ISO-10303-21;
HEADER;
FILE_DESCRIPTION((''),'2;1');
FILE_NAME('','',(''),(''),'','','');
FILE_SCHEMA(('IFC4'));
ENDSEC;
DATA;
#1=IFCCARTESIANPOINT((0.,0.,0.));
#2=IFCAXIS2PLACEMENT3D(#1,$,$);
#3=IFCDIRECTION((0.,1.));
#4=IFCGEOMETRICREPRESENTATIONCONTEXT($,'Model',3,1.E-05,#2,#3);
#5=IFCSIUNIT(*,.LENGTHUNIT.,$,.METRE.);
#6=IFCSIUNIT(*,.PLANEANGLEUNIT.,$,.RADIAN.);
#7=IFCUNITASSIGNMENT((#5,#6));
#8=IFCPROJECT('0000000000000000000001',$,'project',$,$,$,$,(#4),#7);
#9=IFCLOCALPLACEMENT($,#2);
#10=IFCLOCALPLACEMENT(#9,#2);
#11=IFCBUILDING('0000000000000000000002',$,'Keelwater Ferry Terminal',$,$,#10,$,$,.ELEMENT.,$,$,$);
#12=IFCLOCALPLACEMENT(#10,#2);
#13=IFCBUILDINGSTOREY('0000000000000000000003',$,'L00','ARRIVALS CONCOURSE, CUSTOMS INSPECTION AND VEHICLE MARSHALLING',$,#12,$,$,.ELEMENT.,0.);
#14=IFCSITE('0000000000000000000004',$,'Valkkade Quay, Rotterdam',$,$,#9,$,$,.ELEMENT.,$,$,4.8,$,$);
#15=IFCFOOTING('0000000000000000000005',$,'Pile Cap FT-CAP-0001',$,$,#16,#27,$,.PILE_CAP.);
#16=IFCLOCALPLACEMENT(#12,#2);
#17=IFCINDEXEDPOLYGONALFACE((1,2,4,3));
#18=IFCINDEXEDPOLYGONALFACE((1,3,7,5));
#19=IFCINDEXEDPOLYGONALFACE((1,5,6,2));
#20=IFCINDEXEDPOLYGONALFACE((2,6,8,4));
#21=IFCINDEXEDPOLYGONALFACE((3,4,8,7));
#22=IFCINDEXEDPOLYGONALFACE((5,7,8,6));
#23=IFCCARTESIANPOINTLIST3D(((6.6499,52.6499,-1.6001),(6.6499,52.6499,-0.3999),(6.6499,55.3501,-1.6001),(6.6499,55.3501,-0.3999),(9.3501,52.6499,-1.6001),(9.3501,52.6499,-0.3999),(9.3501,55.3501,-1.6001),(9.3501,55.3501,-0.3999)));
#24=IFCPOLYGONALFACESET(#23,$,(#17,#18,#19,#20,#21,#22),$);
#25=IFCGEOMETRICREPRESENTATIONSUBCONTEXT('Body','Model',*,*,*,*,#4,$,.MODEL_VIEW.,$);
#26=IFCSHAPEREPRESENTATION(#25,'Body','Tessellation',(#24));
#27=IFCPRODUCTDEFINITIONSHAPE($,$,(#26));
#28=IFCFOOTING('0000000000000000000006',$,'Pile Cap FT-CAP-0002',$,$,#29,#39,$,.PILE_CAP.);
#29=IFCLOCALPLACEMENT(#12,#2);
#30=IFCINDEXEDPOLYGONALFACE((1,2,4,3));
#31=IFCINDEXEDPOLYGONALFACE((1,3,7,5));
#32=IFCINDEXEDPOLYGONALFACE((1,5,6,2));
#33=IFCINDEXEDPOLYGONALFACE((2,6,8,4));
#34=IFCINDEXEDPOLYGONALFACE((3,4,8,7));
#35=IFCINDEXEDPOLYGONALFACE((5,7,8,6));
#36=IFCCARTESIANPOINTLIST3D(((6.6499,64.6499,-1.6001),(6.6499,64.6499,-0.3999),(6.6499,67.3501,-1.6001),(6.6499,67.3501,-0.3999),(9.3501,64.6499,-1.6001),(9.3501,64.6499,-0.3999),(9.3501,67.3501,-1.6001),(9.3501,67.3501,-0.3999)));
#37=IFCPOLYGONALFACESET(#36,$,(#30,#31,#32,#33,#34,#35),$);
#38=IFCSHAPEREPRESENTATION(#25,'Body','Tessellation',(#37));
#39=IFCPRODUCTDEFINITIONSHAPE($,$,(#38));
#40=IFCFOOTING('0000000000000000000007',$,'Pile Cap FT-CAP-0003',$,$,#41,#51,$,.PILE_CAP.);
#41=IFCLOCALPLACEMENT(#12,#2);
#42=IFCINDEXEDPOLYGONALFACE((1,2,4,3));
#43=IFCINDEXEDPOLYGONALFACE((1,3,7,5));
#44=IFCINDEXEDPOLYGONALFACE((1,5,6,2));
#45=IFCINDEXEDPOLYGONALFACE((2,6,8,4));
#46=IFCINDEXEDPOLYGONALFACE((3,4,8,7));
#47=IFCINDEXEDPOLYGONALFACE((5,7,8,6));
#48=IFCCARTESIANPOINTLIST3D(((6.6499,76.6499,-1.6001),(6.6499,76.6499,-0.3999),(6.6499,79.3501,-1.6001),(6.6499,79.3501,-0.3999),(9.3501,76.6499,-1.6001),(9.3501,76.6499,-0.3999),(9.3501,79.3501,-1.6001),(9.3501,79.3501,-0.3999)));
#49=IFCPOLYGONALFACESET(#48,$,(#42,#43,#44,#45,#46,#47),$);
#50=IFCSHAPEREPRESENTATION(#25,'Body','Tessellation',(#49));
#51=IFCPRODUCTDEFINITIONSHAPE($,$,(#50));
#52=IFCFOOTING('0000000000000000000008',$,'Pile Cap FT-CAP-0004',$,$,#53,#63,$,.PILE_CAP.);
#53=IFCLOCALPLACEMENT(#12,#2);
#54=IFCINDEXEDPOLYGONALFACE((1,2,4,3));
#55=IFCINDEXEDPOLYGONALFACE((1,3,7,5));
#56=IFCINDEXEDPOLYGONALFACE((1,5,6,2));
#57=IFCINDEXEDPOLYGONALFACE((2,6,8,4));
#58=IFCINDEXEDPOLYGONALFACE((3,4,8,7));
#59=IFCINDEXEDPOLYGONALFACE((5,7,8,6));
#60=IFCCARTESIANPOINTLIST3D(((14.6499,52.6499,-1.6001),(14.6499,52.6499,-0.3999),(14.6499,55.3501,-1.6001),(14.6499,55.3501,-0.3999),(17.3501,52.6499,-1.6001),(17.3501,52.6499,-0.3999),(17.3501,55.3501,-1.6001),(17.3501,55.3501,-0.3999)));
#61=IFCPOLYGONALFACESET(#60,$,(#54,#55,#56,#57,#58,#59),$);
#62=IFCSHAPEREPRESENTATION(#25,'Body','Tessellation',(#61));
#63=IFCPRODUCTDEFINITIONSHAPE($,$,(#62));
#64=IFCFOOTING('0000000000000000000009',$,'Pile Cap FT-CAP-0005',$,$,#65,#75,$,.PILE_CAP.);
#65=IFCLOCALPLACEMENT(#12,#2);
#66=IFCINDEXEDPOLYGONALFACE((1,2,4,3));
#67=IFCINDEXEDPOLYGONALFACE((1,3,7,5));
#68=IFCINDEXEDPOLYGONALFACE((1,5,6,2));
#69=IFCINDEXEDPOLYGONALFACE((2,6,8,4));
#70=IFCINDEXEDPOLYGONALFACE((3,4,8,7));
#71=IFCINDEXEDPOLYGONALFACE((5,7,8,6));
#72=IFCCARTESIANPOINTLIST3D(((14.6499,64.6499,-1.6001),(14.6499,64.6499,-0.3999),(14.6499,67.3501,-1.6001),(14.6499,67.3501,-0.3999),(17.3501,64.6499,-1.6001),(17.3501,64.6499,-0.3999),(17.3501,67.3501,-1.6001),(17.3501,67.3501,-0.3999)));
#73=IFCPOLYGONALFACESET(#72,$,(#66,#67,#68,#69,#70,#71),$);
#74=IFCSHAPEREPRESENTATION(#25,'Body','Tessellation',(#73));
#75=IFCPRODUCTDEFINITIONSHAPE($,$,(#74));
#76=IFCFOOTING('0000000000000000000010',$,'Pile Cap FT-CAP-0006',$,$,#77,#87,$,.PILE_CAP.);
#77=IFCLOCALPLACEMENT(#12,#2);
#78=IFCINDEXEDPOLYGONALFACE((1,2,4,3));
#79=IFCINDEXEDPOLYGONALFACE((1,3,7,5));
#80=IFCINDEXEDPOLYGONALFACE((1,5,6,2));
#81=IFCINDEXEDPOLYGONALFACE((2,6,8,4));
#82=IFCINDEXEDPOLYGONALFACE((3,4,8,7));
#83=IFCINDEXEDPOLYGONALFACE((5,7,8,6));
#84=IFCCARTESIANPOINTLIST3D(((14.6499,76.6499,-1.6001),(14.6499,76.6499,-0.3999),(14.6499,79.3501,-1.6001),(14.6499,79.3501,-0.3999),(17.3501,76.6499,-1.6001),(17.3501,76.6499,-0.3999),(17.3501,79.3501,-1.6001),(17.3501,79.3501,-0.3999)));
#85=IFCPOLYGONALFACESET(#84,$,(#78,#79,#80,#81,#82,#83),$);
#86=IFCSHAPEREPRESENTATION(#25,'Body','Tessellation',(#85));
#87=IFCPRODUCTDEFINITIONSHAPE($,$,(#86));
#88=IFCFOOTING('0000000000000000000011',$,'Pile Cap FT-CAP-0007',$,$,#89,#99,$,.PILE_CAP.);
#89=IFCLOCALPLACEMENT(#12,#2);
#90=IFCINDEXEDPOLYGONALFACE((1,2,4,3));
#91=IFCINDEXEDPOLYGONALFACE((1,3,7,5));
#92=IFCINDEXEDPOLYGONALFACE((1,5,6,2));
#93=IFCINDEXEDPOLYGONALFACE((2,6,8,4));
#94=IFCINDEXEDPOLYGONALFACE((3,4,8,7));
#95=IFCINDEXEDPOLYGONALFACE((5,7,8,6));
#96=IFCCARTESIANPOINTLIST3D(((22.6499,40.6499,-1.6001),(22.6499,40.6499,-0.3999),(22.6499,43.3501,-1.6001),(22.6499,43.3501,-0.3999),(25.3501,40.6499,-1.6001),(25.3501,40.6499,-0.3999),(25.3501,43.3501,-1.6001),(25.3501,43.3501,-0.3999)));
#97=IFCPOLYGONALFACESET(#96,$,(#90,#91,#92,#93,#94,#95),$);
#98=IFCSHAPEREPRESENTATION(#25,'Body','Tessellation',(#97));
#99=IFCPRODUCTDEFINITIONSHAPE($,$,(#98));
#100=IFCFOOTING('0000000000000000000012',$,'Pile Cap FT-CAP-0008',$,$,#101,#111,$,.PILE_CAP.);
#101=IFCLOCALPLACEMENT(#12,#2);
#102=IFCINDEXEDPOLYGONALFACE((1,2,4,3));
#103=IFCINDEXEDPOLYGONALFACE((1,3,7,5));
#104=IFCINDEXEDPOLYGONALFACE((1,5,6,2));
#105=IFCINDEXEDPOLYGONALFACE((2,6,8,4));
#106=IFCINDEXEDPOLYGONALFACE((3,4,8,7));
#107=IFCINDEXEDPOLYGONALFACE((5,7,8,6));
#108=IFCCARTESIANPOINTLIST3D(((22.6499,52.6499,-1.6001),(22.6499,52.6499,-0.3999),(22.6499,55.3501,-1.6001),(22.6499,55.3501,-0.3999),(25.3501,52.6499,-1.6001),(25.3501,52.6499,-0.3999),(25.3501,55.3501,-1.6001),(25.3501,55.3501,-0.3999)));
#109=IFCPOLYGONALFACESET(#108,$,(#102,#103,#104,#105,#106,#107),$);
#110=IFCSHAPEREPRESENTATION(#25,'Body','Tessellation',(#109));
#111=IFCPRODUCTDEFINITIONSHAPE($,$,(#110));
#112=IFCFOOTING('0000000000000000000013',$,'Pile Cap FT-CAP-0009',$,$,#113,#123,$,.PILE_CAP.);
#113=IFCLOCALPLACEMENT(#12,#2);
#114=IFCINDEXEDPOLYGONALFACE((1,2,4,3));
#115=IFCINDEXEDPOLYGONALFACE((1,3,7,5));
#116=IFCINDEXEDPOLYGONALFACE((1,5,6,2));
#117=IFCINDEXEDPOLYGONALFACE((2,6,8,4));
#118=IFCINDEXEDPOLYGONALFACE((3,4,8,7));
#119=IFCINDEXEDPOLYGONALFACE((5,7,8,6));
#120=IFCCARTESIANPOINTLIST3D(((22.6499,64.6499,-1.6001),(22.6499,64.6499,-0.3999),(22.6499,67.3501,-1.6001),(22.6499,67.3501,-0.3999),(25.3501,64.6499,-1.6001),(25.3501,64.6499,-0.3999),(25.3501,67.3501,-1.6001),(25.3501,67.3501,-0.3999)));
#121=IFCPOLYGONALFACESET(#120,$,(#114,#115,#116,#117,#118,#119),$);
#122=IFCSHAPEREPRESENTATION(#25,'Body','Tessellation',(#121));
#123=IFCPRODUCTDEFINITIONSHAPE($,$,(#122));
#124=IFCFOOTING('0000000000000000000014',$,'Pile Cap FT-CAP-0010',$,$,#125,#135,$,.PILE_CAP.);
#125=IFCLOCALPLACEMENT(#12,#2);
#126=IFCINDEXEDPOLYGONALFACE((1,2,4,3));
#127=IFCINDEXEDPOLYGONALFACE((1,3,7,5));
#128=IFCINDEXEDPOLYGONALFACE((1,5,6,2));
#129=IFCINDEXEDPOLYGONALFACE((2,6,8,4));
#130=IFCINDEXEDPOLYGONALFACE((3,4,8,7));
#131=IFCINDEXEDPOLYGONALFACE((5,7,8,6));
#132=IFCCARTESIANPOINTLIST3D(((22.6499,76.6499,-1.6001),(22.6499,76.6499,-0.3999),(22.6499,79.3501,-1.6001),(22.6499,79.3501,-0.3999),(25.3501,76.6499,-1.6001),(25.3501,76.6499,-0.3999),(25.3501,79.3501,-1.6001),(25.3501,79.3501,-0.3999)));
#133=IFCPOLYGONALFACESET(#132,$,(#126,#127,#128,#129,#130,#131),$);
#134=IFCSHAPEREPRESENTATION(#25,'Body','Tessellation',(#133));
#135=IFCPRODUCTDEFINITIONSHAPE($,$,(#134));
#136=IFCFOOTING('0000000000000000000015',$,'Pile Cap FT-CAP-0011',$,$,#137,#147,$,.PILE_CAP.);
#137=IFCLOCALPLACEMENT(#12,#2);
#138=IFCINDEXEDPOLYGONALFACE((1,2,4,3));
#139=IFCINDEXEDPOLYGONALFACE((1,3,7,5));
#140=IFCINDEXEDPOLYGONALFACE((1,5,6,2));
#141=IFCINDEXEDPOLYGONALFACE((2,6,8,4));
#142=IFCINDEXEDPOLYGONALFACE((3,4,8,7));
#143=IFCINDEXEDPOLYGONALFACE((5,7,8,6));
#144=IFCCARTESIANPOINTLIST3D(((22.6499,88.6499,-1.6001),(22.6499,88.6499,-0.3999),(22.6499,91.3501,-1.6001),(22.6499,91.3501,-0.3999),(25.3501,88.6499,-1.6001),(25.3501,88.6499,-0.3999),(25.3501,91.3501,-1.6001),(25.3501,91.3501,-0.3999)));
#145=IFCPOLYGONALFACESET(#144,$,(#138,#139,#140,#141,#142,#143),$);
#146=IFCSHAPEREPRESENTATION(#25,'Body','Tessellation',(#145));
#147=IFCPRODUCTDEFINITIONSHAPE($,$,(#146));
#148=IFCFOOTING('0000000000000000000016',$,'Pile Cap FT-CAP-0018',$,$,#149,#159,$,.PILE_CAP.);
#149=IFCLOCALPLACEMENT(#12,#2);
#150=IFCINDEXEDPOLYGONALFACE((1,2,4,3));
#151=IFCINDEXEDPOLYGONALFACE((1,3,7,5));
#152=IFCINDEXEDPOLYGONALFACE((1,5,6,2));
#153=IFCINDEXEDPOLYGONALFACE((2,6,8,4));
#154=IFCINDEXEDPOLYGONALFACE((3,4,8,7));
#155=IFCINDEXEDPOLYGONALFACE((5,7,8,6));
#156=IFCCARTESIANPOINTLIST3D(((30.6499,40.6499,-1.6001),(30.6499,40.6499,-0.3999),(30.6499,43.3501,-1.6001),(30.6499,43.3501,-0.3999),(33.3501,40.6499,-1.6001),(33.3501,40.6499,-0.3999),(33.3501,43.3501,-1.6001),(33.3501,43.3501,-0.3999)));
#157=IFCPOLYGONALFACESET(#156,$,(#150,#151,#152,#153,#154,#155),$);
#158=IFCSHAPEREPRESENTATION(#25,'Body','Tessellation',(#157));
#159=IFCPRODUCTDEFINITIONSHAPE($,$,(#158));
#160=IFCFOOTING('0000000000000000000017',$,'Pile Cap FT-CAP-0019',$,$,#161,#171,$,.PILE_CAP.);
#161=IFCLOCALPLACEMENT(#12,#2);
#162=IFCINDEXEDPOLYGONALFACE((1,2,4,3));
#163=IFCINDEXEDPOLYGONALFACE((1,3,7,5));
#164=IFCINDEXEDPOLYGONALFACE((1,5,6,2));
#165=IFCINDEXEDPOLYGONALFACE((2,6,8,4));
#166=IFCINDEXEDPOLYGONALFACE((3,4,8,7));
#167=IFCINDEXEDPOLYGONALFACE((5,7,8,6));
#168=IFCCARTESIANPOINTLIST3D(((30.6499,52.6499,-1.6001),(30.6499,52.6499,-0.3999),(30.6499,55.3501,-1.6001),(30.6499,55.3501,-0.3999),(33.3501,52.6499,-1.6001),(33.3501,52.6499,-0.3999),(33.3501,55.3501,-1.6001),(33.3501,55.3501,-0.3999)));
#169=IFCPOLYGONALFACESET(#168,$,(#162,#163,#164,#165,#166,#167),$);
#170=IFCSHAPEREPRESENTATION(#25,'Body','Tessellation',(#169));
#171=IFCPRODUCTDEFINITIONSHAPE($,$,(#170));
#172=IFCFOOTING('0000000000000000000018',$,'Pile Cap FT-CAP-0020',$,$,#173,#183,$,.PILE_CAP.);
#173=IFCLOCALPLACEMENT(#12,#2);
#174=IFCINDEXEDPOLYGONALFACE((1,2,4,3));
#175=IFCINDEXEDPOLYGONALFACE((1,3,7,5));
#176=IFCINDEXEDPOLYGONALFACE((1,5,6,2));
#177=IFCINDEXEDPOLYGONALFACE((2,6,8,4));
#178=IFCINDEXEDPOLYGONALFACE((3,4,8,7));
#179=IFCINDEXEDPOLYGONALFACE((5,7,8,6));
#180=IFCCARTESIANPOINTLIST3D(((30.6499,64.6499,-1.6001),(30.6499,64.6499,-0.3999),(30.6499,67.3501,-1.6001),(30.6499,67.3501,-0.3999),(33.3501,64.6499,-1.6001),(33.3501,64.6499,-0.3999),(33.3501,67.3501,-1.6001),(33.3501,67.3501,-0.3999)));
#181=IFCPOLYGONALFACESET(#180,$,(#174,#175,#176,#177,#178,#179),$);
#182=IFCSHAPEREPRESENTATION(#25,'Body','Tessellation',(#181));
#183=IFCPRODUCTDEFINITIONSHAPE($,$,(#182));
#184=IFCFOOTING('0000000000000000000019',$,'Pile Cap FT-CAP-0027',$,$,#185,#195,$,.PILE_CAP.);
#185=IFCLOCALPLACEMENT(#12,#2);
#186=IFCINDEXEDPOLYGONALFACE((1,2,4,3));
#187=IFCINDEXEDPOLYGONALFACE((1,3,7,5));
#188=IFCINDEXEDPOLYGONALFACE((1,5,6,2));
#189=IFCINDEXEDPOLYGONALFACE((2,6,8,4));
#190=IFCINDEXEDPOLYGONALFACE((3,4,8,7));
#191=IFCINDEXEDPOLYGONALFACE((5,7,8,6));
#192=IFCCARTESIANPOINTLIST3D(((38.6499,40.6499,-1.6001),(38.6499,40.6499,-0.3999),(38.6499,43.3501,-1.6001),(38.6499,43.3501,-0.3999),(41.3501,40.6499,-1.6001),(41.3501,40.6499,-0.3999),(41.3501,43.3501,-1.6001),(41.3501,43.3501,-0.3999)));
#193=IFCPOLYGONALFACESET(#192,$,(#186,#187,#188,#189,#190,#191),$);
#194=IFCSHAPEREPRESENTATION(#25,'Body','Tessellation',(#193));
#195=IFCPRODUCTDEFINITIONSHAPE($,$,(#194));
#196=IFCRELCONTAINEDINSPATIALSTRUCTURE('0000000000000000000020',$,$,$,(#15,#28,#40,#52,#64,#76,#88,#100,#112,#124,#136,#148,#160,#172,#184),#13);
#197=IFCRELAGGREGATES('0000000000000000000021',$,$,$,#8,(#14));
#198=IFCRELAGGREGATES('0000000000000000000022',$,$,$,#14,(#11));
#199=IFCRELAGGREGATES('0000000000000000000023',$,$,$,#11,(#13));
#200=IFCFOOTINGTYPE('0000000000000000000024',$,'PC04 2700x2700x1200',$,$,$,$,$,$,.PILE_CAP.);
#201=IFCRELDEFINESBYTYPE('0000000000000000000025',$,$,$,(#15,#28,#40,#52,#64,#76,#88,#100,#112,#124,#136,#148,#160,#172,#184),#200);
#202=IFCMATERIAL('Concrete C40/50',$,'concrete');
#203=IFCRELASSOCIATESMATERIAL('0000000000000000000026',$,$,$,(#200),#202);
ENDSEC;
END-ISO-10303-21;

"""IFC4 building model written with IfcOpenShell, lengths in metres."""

from ifc_helpers import new_model, si_unit, direction, frame, origin, place, context, subcontext, project, spatial, polyline, outline, extrude, material, type_object, element, save


model = new_model("IFC4")

# Units and contexts
model_context = context("Model", 3, precision=1e-05, world=origin(), true_north=direction((0.0, 1.0)))
body_context = subcontext(model_context, "Body", "Model", "MODEL_VIEW")
ifc_project = project(units=[si_unit("LENGTHUNIT", "METRE"), si_unit("PLANEANGLEUNIT", "RADIAN")], contexts=[model_context])

# Site, building, storey
site_placement = place(None, origin())
site = spatial("IfcSite", under=ifc_project, at=site_placement, Name="Valkkade Quay, Rotterdam", CompositionType="ELEMENT", RefElevation=4.8)
building_placement = place(site_placement, origin())
building = spatial("IfcBuilding", under=site, at=building_placement, Name="Keelwater Ferry Terminal", CompositionType="ELEMENT")
storey_placement = place(building_placement, origin())
storey = spatial("IfcBuildingStorey", under=building, at=storey_placement, Name="L00", Description="ARRIVALS CONCOURSE, CUSTOMS INSPECTION AND VEHICLE MARSHALLING", CompositionType="ELEMENT", Elevation=0.0)

# Footings
ifc_material_1 = material(Name="Concrete C40/50", Category="concrete")
footing_type_1 = type_object("IfcFootingType", Name="PC04 2700x2700x1200", PredefinedType="PILE_CAP", material=ifc_material_1)
footing_1_placement = place(storey_placement, frame((0.0, 0.0, -1.6001)))
element("IfcFooting", 1, at=footing_1_placement, inside=storey, type_object=footing_type_1, Name="Pile Cap FT-CAP-0001", PredefinedType="PILE_CAP", context=body_context, shape_type="SweptSolid", body=[
    extrude(outline(polyline([(6.6499, 52.6499), (9.3501, 52.6499), (9.3501, 55.3501), (6.6499, 55.3501), (6.6499, 52.6499)])), origin(), (0.0, 0.0, 1.0), 1.2002),
])
footing_2_placement = place(storey_placement, frame((0.0, 0.0, -1.6001)))
element("IfcFooting", 2, at=footing_2_placement, inside=storey, type_object=footing_type_1, Name="Pile Cap FT-CAP-0002", PredefinedType="PILE_CAP", context=body_context, shape_type="SweptSolid", body=[
    extrude(outline(polyline([(6.6499, 64.6499), (9.3501, 64.6499), (9.3501, 67.3501), (6.6499, 67.3501), (6.6499, 64.6499)])), origin(), (0.0, 0.0, 1.0), 1.2002),
])
footing_3_placement = place(storey_placement, frame((0.0, 0.0, -1.6001)))
element("IfcFooting", 3, at=footing_3_placement, inside=storey, type_object=footing_type_1, Name="Pile Cap FT-CAP-0003", PredefinedType="PILE_CAP", context=body_context, shape_type="SweptSolid", body=[
    extrude(outline(polyline([(6.6499, 76.6499), (9.3501, 76.6499), (9.3501, 79.3501), (6.6499, 79.3501), (6.6499, 76.6499)])), origin(), (0.0, 0.0, 1.0), 1.2002),
])
footing_4_placement = place(storey_placement, frame((0.0, 0.0, -1.6001)))
element("IfcFooting", 4, at=footing_4_placement, inside=storey, type_object=footing_type_1, Name="Pile Cap FT-CAP-0004", PredefinedType="PILE_CAP", context=body_context, shape_type="SweptSolid", body=[
    extrude(outline(polyline([(14.6499, 52.6499), (17.3501, 52.6499), (17.3501, 55.3501), (14.6499, 55.3501), (14.6499, 52.6499)])), origin(), (0.0, 0.0, 1.0), 1.2002),
])
footing_5_placement = place(storey_placement, frame((0.0, 0.0, -1.6001)))
element("IfcFooting", 5, at=footing_5_placement, inside=storey, type_object=footing_type_1, Name="Pile Cap FT-CAP-0005", PredefinedType="PILE_CAP", context=body_context, shape_type="SweptSolid", body=[
    extrude(outline(polyline([(14.6499, 64.6499), (17.3501, 64.6499), (17.3501, 67.3501), (14.6499, 67.3501), (14.6499, 64.6499)])), origin(), (0.0, 0.0, 1.0), 1.2002),
])
footing_6_placement = place(storey_placement, frame((0.0, 0.0, -1.6001)))
element("IfcFooting", 6, at=footing_6_placement, inside=storey, type_object=footing_type_1, Name="Pile Cap FT-CAP-0006", PredefinedType="PILE_CAP", context=body_context, shape_type="SweptSolid", body=[
    extrude(outline(polyline([(14.6499, 76.6499), (17.3501, 76.6499), (17.3501, 79.3501), (14.6499, 79.3501), (14.6499, 76.6499)])), origin(), (0.0, 0.0, 1.0), 1.2002),
])
footing_7_placement = place(storey_placement, frame((0.0, 0.0, -1.6001)))
element("IfcFooting", 7, at=footing_7_placement, inside=storey, type_object=footing_type_1, Name="Pile Cap FT-CAP-0007", PredefinedType="PILE_CAP", context=body_context, shape_type="SweptSolid", body=[
    extrude(outline(polyline([(22.6499, 40.6499), (25.3501, 40.6499), (25.3501, 43.3501), (22.6499, 43.3501), (22.6499, 40.6499)])), origin(), (0.0, 0.0, 1.0), 1.2002),
])
footing_8_placement = place(storey_placement, frame((0.0, 0.0, -1.6001)))
element("IfcFooting", 8, at=footing_8_placement, inside=storey, type_object=footing_type_1, Name="Pile Cap FT-CAP-0008", PredefinedType="PILE_CAP", context=body_context, shape_type="SweptSolid", body=[
    extrude(outline(polyline([(22.6499, 52.6499), (25.3501, 52.6499), (25.3501, 55.3501), (22.6499, 55.3501), (22.6499, 52.6499)])), origin(), (0.0, 0.0, 1.0), 1.2002),
])
footing_9_placement = place(storey_placement, frame((0.0, 0.0, -1.6001)))
element("IfcFooting", 9, at=footing_9_placement, inside=storey, type_object=footing_type_1, Name="Pile Cap FT-CAP-0009", PredefinedType="PILE_CAP", context=body_context, shape_type="SweptSolid", body=[
    extrude(outline(polyline([(22.6499, 64.6499), (25.3501, 64.6499), (25.3501, 67.3501), (22.6499, 67.3501), (22.6499, 64.6499)])), origin(), (0.0, 0.0, 1.0), 1.2002),
])
footing_10_placement = place(storey_placement, frame((0.0, 0.0, -1.6001)))
element("IfcFooting", 10, at=footing_10_placement, inside=storey, type_object=footing_type_1, Name="Pile Cap FT-CAP-0010", PredefinedType="PILE_CAP", context=body_context, shape_type="SweptSolid", body=[
    extrude(outline(polyline([(22.6499, 76.6499), (25.3501, 76.6499), (25.3501, 79.3501), (22.6499, 79.3501), (22.6499, 76.6499)])), origin(), (0.0, 0.0, 1.0), 1.2002),
])
footing_11_placement = place(storey_placement, frame((0.0, 0.0, -1.6001)))
element("IfcFooting", 11, at=footing_11_placement, inside=storey, type_object=footing_type_1, Name="Pile Cap FT-CAP-0011", PredefinedType="PILE_CAP", context=body_context, shape_type="SweptSolid", body=[
    extrude(outline(polyline([(22.6499, 88.6499), (25.3501, 88.6499), (25.3501, 91.3501), (22.6499, 91.3501), (22.6499, 88.6499)])), origin(), (0.0, 0.0, 1.0), 1.2002),
])
footing_12_placement = place(storey_placement, frame((0.0, 0.0, -1.6001)))
element("IfcFooting", 12, at=footing_12_placement, inside=storey, type_object=footing_type_1, Name="Pile Cap FT-CAP-0018", PredefinedType="PILE_CAP", context=body_context, shape_type="SweptSolid", body=[
    extrude(outline(polyline([(30.6499, 40.6499), (33.3501, 40.6499), (33.3501, 43.3501), (30.6499, 43.3501), (30.6499, 40.6499)])), origin(), (0.0, 0.0, 1.0), 1.2002),
])
footing_13_placement = place(storey_placement, frame((0.0, 0.0, -1.6001)))
element("IfcFooting", 13, at=footing_13_placement, inside=storey, type_object=footing_type_1, Name="Pile Cap FT-CAP-0019", PredefinedType="PILE_CAP", context=body_context, shape_type="SweptSolid", body=[
    extrude(outline(polyline([(30.6499, 52.6499), (33.3501, 52.6499), (33.3501, 55.3501), (30.6499, 55.3501), (30.6499, 52.6499)])), origin(), (0.0, 0.0, 1.0), 1.2002),
])
footing_14_placement = place(storey_placement, frame((0.0, 0.0, -1.6001)))
element("IfcFooting", 14, at=footing_14_placement, inside=storey, type_object=footing_type_1, Name="Pile Cap FT-CAP-0020", PredefinedType="PILE_CAP", context=body_context, shape_type="SweptSolid", body=[
    extrude(outline(polyline([(30.6499, 64.6499), (33.3501, 64.6499), (33.3501, 67.3501), (30.6499, 67.3501), (30.6499, 64.6499)])), origin(), (0.0, 0.0, 1.0), 1.2002),
])
footing_15_placement = place(storey_placement, frame((0.0, 0.0, -1.6001)))
element("IfcFooting", 15, at=footing_15_placement, inside=storey, type_object=footing_type_1, Name="Pile Cap FT-CAP-0027", PredefinedType="PILE_CAP", context=body_context, shape_type="SweptSolid", body=[
    extrude(outline(polyline([(38.6499, 40.6499), (41.3501, 40.6499), (41.3501, 43.3501), (38.6499, 43.3501), (38.6499, 40.6499)])), origin(), (0.0, 0.0, 1.0), 1.2002),
])

save(model, "model.ifc")
